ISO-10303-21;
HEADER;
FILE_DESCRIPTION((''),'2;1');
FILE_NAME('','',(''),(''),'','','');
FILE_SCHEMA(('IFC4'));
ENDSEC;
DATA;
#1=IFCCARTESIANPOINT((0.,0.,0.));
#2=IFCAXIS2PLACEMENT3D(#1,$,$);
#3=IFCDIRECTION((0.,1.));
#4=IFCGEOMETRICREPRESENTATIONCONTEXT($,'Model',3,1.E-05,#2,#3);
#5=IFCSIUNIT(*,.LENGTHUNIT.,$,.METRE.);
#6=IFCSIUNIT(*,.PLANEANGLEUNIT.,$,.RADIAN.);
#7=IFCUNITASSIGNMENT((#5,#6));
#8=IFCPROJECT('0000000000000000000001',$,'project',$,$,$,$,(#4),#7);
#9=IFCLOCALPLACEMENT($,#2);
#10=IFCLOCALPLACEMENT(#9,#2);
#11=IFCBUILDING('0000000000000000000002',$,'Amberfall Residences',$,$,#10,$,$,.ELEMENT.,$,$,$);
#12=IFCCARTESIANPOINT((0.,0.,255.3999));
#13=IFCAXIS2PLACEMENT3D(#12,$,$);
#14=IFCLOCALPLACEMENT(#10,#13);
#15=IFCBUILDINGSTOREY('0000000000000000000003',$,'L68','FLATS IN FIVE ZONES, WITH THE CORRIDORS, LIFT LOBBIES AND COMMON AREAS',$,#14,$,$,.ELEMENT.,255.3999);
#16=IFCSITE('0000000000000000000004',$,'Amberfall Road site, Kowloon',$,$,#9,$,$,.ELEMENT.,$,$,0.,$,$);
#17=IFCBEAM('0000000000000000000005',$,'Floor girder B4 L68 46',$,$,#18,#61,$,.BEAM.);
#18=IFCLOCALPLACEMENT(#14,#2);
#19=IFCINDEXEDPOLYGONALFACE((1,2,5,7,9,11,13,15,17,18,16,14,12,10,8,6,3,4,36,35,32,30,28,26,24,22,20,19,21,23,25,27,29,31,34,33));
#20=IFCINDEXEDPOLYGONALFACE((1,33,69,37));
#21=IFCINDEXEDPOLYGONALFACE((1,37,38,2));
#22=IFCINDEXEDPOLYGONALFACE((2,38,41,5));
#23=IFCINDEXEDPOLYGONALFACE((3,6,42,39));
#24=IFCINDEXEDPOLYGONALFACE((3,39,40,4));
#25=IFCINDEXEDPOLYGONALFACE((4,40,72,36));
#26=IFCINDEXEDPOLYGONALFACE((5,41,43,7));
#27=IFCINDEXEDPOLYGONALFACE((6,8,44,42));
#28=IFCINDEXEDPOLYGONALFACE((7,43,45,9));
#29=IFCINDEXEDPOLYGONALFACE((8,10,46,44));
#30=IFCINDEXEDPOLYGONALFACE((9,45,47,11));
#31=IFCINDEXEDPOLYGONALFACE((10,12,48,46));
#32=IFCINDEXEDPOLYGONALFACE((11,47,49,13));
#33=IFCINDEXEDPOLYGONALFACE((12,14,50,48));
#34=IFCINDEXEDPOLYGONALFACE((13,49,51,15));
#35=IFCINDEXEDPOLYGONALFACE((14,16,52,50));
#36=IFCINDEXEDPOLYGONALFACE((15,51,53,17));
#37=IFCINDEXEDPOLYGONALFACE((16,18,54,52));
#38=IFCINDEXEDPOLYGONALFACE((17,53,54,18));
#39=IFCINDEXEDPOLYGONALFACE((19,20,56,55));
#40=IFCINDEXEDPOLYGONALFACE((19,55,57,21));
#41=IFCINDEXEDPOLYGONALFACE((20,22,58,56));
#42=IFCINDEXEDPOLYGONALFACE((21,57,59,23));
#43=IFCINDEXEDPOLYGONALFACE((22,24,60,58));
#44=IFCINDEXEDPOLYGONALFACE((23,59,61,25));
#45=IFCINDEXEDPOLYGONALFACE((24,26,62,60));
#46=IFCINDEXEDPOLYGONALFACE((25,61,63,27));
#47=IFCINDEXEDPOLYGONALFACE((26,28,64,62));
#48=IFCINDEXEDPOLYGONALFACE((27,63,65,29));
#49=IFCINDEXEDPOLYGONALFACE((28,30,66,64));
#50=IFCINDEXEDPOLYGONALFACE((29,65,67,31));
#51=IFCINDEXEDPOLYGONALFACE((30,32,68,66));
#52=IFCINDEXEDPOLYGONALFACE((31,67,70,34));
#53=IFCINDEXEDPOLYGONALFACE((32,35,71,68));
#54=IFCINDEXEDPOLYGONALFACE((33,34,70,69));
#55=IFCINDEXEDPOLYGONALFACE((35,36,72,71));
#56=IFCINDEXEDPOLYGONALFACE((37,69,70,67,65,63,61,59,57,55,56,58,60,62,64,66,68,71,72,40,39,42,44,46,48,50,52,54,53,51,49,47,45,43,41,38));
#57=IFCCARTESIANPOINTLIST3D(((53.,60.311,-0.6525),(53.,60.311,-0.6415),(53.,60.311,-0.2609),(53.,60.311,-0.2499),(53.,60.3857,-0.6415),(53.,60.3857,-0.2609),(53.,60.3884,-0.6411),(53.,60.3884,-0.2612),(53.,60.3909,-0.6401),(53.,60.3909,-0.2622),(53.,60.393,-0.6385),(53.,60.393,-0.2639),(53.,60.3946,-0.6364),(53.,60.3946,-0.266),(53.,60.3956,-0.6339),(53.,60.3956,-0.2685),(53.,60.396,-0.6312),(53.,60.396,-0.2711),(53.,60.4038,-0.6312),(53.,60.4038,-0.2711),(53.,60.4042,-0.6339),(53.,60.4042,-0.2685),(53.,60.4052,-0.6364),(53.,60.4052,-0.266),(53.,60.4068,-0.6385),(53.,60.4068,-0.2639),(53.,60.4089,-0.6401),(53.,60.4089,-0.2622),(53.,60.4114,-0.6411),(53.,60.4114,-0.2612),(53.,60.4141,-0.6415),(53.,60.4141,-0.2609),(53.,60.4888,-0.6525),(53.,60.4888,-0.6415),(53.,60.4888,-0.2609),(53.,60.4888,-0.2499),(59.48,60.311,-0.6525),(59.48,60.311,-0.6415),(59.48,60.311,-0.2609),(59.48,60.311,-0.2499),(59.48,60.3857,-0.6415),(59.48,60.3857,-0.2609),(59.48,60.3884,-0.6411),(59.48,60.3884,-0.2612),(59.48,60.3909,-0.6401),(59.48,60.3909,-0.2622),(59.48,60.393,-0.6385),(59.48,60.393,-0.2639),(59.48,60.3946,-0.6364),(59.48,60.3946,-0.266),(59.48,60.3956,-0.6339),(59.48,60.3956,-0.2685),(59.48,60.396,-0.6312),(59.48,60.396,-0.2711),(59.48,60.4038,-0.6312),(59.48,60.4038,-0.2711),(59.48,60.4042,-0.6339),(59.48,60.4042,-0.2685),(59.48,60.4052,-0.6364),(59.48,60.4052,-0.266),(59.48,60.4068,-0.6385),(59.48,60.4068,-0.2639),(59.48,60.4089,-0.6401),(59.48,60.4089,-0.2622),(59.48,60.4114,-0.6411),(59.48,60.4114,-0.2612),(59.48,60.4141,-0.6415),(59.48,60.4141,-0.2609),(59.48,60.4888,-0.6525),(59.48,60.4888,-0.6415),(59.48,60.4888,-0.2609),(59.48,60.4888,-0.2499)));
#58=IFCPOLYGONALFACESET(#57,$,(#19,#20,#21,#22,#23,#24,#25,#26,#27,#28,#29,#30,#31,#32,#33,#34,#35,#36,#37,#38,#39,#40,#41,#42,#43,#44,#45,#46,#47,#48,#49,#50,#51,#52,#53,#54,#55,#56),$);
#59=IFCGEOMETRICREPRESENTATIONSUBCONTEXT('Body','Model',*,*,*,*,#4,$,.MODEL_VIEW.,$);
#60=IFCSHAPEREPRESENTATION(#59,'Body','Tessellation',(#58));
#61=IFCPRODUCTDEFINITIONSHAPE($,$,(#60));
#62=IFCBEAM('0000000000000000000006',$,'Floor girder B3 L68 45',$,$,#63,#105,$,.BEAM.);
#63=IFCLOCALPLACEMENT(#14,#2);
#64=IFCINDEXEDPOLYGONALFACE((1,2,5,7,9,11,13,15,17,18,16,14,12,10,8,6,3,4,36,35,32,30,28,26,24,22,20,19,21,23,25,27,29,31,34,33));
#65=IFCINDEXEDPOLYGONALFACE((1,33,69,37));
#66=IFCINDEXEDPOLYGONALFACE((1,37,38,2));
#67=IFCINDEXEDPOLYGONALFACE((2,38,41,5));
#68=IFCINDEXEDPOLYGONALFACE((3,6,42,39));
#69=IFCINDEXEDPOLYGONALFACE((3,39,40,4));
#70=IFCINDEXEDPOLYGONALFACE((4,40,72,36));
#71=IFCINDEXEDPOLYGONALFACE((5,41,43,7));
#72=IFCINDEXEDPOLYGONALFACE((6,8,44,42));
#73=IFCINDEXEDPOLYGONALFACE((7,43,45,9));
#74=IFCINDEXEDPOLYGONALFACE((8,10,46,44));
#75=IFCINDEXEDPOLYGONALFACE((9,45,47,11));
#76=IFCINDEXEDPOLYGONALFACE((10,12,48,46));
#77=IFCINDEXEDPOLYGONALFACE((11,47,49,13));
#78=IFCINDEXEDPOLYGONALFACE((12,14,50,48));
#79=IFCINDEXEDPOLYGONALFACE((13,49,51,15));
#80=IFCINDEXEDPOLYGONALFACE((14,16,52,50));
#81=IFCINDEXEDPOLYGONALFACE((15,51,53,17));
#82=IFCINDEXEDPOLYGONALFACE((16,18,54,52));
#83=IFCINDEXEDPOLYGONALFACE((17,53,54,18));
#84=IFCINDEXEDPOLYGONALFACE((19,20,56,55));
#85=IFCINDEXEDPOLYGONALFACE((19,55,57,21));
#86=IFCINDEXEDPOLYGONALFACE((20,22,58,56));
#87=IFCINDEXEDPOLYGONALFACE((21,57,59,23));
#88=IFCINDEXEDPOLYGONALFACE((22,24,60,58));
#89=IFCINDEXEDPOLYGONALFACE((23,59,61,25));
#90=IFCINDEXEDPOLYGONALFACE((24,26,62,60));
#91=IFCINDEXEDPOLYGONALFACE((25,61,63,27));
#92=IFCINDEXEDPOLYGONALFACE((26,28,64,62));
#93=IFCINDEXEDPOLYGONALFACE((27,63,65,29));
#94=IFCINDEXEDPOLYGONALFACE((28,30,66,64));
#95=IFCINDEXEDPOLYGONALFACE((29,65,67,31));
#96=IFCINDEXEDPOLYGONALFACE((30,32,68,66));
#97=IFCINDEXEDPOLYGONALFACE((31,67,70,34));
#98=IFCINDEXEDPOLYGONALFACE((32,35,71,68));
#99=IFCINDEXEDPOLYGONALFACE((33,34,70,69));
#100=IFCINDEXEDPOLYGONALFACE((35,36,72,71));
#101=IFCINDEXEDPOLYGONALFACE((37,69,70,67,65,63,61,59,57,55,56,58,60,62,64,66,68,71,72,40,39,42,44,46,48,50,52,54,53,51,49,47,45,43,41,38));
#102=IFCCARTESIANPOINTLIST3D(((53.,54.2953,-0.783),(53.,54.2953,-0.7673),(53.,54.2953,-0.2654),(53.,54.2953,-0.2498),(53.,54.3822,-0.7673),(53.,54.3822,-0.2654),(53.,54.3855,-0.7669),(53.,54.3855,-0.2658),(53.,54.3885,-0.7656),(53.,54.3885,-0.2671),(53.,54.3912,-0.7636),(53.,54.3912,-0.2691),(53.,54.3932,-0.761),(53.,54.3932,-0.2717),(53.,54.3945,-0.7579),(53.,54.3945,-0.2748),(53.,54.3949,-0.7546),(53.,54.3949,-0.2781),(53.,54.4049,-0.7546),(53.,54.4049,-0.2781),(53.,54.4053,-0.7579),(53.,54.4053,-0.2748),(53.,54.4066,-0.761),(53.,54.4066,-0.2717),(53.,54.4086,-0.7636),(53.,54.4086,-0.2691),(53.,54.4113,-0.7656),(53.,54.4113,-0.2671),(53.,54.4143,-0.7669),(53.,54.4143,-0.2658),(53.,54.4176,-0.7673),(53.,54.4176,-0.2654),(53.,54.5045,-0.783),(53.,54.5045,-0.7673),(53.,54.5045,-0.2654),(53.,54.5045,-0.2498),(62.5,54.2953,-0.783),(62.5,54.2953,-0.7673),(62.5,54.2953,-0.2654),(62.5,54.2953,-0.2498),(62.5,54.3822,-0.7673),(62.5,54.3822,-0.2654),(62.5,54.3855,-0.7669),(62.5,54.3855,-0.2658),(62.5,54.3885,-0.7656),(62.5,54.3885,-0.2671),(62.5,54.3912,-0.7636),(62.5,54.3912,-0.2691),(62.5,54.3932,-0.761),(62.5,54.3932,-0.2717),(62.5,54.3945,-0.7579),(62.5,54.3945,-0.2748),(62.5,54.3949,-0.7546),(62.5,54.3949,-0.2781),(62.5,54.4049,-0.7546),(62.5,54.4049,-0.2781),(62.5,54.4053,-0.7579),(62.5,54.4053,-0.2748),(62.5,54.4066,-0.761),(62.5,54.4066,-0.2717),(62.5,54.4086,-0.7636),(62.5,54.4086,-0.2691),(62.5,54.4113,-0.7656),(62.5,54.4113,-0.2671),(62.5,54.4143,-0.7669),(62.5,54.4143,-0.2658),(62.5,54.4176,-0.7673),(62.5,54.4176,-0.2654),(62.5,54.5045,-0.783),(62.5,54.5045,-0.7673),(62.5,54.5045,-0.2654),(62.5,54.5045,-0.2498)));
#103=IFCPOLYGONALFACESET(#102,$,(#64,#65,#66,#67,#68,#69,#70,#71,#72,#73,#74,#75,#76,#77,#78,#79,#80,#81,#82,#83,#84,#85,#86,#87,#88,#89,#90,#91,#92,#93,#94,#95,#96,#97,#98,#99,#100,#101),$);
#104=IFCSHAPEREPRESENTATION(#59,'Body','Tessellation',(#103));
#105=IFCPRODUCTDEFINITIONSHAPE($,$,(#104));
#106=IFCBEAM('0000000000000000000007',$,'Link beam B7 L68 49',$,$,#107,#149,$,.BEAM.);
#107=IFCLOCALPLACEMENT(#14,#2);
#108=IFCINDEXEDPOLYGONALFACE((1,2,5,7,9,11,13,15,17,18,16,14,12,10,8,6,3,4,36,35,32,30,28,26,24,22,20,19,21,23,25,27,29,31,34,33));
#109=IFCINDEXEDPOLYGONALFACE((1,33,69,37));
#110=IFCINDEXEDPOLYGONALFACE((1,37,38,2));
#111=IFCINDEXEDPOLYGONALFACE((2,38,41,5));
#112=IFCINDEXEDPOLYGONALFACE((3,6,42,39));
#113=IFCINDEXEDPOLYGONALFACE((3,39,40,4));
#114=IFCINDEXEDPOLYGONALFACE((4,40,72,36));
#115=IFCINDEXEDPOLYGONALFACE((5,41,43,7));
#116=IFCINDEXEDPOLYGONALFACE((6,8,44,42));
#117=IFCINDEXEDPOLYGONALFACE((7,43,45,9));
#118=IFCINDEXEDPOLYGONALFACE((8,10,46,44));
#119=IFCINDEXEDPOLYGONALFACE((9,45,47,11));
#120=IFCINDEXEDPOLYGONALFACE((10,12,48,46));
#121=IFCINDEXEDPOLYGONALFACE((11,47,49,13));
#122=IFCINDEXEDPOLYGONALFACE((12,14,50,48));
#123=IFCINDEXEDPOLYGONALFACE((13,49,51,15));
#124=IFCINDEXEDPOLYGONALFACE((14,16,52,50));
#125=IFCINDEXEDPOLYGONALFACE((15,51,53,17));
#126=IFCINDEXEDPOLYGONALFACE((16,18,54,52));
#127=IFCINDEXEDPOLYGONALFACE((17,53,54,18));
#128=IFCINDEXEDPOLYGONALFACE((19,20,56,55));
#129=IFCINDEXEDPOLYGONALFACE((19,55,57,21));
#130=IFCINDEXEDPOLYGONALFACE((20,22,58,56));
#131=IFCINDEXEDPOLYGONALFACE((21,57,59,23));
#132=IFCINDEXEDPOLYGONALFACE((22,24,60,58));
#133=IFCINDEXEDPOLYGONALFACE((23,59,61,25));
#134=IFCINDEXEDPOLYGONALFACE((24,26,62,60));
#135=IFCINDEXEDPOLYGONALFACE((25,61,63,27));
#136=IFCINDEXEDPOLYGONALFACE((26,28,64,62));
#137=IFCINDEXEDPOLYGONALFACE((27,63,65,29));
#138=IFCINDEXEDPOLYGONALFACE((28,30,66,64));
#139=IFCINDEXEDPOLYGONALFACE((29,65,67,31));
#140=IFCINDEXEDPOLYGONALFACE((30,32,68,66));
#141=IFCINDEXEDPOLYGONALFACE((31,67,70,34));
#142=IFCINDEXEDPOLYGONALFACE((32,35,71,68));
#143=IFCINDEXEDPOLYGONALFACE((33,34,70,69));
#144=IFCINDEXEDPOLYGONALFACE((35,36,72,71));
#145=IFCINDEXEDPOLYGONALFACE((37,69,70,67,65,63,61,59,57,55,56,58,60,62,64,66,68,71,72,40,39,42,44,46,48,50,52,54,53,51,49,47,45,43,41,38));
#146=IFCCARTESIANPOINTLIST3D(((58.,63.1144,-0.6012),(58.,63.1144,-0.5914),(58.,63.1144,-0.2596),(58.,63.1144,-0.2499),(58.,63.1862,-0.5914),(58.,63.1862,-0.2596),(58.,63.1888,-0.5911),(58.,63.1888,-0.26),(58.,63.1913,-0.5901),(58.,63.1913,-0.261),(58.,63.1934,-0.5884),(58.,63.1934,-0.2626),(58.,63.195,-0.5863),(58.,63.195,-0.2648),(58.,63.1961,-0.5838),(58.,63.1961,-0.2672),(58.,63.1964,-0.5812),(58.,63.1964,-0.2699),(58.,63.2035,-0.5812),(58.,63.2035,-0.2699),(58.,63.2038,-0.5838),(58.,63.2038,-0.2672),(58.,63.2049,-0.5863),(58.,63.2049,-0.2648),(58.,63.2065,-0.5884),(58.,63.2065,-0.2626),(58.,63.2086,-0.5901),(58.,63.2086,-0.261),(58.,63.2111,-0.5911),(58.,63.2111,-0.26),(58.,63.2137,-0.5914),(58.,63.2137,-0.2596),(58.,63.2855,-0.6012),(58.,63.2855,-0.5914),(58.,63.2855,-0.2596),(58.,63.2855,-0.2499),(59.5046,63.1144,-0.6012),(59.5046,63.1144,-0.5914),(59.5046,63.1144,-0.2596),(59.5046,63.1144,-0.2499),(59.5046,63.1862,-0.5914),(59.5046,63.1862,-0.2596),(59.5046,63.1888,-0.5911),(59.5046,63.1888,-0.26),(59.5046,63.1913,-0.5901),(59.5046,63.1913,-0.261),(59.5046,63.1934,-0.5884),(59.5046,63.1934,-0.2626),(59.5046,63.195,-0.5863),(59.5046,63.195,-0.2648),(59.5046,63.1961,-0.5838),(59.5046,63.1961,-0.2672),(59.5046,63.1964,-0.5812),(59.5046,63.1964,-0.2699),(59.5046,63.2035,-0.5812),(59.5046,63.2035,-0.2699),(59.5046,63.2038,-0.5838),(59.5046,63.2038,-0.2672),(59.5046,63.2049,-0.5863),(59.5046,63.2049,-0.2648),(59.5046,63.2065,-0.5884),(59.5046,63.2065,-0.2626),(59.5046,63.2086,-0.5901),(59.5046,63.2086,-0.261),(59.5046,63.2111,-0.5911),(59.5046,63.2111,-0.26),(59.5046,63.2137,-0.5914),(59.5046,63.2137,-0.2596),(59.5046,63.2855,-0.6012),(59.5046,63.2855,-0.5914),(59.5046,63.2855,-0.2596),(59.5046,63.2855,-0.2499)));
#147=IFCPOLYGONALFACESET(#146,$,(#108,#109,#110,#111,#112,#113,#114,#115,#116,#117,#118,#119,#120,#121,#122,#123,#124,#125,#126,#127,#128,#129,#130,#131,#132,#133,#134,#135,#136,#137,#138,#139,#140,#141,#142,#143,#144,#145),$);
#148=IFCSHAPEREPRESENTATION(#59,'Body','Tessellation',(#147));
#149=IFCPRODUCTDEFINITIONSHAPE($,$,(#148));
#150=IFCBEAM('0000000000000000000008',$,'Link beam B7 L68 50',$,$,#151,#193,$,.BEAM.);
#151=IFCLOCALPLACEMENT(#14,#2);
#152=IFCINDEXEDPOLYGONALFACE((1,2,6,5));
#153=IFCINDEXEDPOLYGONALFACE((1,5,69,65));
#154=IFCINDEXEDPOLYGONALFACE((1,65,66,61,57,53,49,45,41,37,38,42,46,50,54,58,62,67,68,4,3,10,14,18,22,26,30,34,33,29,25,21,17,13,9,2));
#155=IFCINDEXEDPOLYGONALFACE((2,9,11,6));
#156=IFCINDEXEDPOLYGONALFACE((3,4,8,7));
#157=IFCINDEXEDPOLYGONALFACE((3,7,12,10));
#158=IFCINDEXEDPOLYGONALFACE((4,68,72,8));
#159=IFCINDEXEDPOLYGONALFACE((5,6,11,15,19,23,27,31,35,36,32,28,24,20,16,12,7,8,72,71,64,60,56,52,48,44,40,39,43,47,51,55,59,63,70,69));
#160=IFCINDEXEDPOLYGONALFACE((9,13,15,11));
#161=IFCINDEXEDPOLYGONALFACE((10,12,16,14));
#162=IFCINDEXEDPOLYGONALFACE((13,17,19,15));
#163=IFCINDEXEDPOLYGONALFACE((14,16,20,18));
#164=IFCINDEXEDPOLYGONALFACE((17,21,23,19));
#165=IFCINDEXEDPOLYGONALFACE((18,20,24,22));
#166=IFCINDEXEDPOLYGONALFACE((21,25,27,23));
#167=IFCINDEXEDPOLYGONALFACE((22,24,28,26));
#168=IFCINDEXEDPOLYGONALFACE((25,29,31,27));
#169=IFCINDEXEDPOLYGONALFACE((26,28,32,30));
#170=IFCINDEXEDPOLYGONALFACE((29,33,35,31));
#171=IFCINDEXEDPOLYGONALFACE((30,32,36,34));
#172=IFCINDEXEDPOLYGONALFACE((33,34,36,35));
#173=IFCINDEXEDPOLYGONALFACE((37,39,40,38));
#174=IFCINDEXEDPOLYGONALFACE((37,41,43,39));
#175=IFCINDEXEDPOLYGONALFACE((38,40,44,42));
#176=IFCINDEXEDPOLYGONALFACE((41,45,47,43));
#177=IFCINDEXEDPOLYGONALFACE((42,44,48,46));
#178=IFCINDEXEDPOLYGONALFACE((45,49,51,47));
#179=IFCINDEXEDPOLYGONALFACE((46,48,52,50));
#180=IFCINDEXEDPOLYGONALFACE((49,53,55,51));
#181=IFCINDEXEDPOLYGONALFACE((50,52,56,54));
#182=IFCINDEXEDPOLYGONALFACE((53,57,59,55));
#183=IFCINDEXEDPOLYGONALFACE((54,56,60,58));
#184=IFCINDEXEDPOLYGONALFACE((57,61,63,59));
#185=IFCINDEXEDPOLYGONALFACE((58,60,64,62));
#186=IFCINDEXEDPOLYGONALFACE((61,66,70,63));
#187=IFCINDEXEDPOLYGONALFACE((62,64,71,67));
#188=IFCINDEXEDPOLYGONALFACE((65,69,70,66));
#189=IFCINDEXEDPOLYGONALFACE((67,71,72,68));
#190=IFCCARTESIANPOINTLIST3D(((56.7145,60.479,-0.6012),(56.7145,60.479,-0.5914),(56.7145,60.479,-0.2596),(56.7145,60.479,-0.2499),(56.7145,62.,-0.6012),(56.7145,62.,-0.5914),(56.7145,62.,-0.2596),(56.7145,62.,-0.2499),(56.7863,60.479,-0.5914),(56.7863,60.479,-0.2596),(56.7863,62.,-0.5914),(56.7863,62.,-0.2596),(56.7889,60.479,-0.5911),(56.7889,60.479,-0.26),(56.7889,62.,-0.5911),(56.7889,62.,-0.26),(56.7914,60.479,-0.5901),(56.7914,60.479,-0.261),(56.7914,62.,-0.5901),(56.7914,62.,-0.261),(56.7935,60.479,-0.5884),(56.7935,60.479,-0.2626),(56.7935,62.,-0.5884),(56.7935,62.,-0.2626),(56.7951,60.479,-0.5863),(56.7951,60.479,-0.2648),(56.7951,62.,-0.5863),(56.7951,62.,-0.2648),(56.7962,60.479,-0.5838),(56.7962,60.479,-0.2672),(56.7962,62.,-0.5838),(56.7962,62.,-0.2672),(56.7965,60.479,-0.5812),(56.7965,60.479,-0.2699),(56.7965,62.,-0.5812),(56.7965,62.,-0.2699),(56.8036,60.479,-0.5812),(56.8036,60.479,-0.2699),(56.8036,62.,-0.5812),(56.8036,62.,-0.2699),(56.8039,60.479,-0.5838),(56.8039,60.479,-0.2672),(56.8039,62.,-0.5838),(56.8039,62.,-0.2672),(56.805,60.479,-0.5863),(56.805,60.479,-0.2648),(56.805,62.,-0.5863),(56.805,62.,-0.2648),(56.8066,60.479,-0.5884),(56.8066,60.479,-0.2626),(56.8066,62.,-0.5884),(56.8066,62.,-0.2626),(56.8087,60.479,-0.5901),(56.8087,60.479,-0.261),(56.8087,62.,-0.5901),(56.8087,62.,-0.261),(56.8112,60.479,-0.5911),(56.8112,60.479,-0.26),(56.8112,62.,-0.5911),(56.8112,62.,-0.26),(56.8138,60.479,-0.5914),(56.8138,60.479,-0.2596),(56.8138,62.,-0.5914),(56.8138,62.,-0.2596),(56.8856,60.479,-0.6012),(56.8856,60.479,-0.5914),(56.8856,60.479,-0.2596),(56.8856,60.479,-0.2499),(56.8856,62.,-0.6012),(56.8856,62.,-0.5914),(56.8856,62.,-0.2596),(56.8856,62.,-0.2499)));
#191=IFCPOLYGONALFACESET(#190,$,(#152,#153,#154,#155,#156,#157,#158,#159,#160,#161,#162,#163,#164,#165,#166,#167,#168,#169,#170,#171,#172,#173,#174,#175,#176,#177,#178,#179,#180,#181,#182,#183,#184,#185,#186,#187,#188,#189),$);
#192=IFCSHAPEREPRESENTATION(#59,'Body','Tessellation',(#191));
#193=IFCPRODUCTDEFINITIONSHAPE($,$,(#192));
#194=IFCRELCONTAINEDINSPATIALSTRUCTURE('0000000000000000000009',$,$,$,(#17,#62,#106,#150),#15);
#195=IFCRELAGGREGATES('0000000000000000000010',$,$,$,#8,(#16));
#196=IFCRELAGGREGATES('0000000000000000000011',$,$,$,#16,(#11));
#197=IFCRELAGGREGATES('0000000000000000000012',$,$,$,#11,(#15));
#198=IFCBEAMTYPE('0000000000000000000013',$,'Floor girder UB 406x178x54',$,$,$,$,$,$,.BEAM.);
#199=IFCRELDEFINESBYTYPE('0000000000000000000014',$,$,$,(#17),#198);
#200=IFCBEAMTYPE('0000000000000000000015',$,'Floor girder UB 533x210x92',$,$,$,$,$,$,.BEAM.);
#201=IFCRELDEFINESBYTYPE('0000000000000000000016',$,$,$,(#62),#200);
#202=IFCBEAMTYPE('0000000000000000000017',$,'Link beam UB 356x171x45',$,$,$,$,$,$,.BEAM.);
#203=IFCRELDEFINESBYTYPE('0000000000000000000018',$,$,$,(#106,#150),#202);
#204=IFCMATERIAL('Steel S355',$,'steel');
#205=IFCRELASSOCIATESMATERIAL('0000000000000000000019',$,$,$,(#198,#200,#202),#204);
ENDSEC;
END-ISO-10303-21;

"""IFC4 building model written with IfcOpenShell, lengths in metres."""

from ifc_helpers import new_model, si_unit, direction, frame, origin, origin_2d, place, context, subcontext, project, spatial, i_section, extrude, material, material_profile, profile_set, type_object, element, save


model = new_model("IFC4")

# Units and contexts
model_context = context("Model", 3, precision=1e-05, world=origin(), true_north=direction((0.0, 1.0)))
body_context = subcontext(model_context, "Body", "Model", "MODEL_VIEW")
ifc_project = project(units=[si_unit("LENGTHUNIT", "METRE"), si_unit("PLANEANGLEUNIT", "RADIAN")], contexts=[model_context])

# Site, building, storey
site_placement = place(None, origin())
site = spatial("IfcSite", under=ifc_project, at=site_placement, Name="Amberfall Road site, Kowloon", CompositionType="ELEMENT", RefElevation=0.0)
building_placement = place(site_placement, origin())
building = spatial("IfcBuilding", under=site, at=building_placement, Name="Amberfall Residences", CompositionType="ELEMENT")
storey_placement = place(building_placement, frame((0.0, 0.0, 255.3999)))
storey = spatial("IfcBuildingStorey", under=building, at=storey_placement, Name="L68", Description="FLATS IN FIVE ZONES, WITH THE CORRIDORS, LIFT LOBBIES AND COMMON AREAS", CompositionType="ELEMENT", Elevation=255.3999)

# Shared definitions
ifc_material_1 = material(Name="Steel S355", Category="steel")

# Beams
ifc_material_profile_1 = material_profile(ifc_material_1, i_section(OverallWidth=0.1777, OverallDepth=0.4026, WebThickness=0.0078, FlangeThickness=0.011, FilletRadius=0.0103, at=origin_2d()), Name="UB 406x178x54")
ifc_profile_set_1 = profile_set([ifc_material_profile_1], Name="Steel S355")
beam_type_1 = type_object("IfcBeamType", Name="Floor girder UB 406x178x54", PredefinedType="BEAM", material=ifc_profile_set_1)
beam_1_placement = place(storey_placement, frame((53.0, 60.3999, -0.4512), z_axis=(1.0, 0.0, 0.0), x_axis=(0.0, 1.0, 0.0)))
element("IfcBeam", 1, at=beam_1_placement, inside=storey, type_object=beam_type_1, Name="Floor girder B4 L68 46", PredefinedType="BEAM", context=body_context, shape_type="SweptSolid", body=[
    extrude(i_section(OverallWidth=0.1777, OverallDepth=0.4026, WebThickness=0.0078, FlangeThickness=0.011, FilletRadius=0.0103, at=origin_2d()), origin(), (0.0, 0.0, 1.0), 6.48),
])
ifc_material_profile_2 = material_profile(ifc_material_1, i_section(OverallWidth=0.2092, OverallDepth=0.5332, WebThickness=0.01, FlangeThickness=0.0156, FilletRadius=0.0127, at=origin_2d()), Name="UB 533x210x92")
ifc_profile_set_2 = profile_set([ifc_material_profile_2], Name="Steel S355")
beam_type_2 = type_object("IfcBeamType", Name="Floor girder UB 533x210x92", PredefinedType="BEAM", material=ifc_profile_set_2)
beam_2_placement = place(storey_placement, frame((53.0, 54.3999, -0.5164), z_axis=(1.0, 0.0, 0.0), x_axis=(0.0, 1.0, 0.0)))
element("IfcBeam", 2, at=beam_2_placement, inside=storey, type_object=beam_type_2, Name="Floor girder B3 L68 45", PredefinedType="BEAM", context=body_context, shape_type="SweptSolid", body=[
    extrude(i_section(OverallWidth=0.2092, OverallDepth=0.5332, WebThickness=0.01, FlangeThickness=0.0156, FilletRadius=0.0127, at=origin_2d()), origin(), (0.0, 0.0, 1.0), 9.5),
])
ifc_material_profile_3 = material_profile(ifc_material_1, i_section(OverallWidth=0.1711, OverallDepth=0.3513, WebThickness=0.0071, FlangeThickness=0.0098, FilletRadius=0.0103, at=origin_2d()), Name="UB 356x171x45")
ifc_profile_set_3 = profile_set([ifc_material_profile_3], Name="Steel S355")
beam_type_3 = type_object("IfcBeamType", Name="Link beam UB 356x171x45", PredefinedType="BEAM", material=ifc_profile_set_3)
beam_3_placement = place(storey_placement, frame((58.0, 63.2, -0.4255), z_axis=(1.0, 0.0, 0.0), x_axis=(0.0, 1.0, 0.0)))
element("IfcBeam", 3, at=beam_3_placement, inside=storey, type_object=beam_type_3, Name="Link beam B7 L68 49", PredefinedType="BEAM", context=body_context, shape_type="SweptSolid", body=[
    extrude(i_section(OverallWidth=0.1711, OverallDepth=0.3513, WebThickness=0.0071, FlangeThickness=0.0098, FilletRadius=0.0103, at=origin_2d()), origin(), (0.0, 0.0, 1.0), 1.5046),
])
beam_4_placement = place(storey_placement, frame((56.8, 62.0, -0.4255), z_axis=(0.0, -1.0, 0.0), x_axis=(1.0, 0.0, 0.0)))
element("IfcBeam", 4, at=beam_4_placement, inside=storey, type_object=beam_type_3, Name="Link beam B7 L68 50", PredefinedType="BEAM", context=body_context, shape_type="SweptSolid", body=[
    extrude(i_section(OverallWidth=0.1711, OverallDepth=0.3513, WebThickness=0.0071, FlangeThickness=0.0098, FilletRadius=0.0103, at=origin_2d()), origin(), (0.0, 0.0, 1.0), 1.521),
])

save(model, "model.ifc")
